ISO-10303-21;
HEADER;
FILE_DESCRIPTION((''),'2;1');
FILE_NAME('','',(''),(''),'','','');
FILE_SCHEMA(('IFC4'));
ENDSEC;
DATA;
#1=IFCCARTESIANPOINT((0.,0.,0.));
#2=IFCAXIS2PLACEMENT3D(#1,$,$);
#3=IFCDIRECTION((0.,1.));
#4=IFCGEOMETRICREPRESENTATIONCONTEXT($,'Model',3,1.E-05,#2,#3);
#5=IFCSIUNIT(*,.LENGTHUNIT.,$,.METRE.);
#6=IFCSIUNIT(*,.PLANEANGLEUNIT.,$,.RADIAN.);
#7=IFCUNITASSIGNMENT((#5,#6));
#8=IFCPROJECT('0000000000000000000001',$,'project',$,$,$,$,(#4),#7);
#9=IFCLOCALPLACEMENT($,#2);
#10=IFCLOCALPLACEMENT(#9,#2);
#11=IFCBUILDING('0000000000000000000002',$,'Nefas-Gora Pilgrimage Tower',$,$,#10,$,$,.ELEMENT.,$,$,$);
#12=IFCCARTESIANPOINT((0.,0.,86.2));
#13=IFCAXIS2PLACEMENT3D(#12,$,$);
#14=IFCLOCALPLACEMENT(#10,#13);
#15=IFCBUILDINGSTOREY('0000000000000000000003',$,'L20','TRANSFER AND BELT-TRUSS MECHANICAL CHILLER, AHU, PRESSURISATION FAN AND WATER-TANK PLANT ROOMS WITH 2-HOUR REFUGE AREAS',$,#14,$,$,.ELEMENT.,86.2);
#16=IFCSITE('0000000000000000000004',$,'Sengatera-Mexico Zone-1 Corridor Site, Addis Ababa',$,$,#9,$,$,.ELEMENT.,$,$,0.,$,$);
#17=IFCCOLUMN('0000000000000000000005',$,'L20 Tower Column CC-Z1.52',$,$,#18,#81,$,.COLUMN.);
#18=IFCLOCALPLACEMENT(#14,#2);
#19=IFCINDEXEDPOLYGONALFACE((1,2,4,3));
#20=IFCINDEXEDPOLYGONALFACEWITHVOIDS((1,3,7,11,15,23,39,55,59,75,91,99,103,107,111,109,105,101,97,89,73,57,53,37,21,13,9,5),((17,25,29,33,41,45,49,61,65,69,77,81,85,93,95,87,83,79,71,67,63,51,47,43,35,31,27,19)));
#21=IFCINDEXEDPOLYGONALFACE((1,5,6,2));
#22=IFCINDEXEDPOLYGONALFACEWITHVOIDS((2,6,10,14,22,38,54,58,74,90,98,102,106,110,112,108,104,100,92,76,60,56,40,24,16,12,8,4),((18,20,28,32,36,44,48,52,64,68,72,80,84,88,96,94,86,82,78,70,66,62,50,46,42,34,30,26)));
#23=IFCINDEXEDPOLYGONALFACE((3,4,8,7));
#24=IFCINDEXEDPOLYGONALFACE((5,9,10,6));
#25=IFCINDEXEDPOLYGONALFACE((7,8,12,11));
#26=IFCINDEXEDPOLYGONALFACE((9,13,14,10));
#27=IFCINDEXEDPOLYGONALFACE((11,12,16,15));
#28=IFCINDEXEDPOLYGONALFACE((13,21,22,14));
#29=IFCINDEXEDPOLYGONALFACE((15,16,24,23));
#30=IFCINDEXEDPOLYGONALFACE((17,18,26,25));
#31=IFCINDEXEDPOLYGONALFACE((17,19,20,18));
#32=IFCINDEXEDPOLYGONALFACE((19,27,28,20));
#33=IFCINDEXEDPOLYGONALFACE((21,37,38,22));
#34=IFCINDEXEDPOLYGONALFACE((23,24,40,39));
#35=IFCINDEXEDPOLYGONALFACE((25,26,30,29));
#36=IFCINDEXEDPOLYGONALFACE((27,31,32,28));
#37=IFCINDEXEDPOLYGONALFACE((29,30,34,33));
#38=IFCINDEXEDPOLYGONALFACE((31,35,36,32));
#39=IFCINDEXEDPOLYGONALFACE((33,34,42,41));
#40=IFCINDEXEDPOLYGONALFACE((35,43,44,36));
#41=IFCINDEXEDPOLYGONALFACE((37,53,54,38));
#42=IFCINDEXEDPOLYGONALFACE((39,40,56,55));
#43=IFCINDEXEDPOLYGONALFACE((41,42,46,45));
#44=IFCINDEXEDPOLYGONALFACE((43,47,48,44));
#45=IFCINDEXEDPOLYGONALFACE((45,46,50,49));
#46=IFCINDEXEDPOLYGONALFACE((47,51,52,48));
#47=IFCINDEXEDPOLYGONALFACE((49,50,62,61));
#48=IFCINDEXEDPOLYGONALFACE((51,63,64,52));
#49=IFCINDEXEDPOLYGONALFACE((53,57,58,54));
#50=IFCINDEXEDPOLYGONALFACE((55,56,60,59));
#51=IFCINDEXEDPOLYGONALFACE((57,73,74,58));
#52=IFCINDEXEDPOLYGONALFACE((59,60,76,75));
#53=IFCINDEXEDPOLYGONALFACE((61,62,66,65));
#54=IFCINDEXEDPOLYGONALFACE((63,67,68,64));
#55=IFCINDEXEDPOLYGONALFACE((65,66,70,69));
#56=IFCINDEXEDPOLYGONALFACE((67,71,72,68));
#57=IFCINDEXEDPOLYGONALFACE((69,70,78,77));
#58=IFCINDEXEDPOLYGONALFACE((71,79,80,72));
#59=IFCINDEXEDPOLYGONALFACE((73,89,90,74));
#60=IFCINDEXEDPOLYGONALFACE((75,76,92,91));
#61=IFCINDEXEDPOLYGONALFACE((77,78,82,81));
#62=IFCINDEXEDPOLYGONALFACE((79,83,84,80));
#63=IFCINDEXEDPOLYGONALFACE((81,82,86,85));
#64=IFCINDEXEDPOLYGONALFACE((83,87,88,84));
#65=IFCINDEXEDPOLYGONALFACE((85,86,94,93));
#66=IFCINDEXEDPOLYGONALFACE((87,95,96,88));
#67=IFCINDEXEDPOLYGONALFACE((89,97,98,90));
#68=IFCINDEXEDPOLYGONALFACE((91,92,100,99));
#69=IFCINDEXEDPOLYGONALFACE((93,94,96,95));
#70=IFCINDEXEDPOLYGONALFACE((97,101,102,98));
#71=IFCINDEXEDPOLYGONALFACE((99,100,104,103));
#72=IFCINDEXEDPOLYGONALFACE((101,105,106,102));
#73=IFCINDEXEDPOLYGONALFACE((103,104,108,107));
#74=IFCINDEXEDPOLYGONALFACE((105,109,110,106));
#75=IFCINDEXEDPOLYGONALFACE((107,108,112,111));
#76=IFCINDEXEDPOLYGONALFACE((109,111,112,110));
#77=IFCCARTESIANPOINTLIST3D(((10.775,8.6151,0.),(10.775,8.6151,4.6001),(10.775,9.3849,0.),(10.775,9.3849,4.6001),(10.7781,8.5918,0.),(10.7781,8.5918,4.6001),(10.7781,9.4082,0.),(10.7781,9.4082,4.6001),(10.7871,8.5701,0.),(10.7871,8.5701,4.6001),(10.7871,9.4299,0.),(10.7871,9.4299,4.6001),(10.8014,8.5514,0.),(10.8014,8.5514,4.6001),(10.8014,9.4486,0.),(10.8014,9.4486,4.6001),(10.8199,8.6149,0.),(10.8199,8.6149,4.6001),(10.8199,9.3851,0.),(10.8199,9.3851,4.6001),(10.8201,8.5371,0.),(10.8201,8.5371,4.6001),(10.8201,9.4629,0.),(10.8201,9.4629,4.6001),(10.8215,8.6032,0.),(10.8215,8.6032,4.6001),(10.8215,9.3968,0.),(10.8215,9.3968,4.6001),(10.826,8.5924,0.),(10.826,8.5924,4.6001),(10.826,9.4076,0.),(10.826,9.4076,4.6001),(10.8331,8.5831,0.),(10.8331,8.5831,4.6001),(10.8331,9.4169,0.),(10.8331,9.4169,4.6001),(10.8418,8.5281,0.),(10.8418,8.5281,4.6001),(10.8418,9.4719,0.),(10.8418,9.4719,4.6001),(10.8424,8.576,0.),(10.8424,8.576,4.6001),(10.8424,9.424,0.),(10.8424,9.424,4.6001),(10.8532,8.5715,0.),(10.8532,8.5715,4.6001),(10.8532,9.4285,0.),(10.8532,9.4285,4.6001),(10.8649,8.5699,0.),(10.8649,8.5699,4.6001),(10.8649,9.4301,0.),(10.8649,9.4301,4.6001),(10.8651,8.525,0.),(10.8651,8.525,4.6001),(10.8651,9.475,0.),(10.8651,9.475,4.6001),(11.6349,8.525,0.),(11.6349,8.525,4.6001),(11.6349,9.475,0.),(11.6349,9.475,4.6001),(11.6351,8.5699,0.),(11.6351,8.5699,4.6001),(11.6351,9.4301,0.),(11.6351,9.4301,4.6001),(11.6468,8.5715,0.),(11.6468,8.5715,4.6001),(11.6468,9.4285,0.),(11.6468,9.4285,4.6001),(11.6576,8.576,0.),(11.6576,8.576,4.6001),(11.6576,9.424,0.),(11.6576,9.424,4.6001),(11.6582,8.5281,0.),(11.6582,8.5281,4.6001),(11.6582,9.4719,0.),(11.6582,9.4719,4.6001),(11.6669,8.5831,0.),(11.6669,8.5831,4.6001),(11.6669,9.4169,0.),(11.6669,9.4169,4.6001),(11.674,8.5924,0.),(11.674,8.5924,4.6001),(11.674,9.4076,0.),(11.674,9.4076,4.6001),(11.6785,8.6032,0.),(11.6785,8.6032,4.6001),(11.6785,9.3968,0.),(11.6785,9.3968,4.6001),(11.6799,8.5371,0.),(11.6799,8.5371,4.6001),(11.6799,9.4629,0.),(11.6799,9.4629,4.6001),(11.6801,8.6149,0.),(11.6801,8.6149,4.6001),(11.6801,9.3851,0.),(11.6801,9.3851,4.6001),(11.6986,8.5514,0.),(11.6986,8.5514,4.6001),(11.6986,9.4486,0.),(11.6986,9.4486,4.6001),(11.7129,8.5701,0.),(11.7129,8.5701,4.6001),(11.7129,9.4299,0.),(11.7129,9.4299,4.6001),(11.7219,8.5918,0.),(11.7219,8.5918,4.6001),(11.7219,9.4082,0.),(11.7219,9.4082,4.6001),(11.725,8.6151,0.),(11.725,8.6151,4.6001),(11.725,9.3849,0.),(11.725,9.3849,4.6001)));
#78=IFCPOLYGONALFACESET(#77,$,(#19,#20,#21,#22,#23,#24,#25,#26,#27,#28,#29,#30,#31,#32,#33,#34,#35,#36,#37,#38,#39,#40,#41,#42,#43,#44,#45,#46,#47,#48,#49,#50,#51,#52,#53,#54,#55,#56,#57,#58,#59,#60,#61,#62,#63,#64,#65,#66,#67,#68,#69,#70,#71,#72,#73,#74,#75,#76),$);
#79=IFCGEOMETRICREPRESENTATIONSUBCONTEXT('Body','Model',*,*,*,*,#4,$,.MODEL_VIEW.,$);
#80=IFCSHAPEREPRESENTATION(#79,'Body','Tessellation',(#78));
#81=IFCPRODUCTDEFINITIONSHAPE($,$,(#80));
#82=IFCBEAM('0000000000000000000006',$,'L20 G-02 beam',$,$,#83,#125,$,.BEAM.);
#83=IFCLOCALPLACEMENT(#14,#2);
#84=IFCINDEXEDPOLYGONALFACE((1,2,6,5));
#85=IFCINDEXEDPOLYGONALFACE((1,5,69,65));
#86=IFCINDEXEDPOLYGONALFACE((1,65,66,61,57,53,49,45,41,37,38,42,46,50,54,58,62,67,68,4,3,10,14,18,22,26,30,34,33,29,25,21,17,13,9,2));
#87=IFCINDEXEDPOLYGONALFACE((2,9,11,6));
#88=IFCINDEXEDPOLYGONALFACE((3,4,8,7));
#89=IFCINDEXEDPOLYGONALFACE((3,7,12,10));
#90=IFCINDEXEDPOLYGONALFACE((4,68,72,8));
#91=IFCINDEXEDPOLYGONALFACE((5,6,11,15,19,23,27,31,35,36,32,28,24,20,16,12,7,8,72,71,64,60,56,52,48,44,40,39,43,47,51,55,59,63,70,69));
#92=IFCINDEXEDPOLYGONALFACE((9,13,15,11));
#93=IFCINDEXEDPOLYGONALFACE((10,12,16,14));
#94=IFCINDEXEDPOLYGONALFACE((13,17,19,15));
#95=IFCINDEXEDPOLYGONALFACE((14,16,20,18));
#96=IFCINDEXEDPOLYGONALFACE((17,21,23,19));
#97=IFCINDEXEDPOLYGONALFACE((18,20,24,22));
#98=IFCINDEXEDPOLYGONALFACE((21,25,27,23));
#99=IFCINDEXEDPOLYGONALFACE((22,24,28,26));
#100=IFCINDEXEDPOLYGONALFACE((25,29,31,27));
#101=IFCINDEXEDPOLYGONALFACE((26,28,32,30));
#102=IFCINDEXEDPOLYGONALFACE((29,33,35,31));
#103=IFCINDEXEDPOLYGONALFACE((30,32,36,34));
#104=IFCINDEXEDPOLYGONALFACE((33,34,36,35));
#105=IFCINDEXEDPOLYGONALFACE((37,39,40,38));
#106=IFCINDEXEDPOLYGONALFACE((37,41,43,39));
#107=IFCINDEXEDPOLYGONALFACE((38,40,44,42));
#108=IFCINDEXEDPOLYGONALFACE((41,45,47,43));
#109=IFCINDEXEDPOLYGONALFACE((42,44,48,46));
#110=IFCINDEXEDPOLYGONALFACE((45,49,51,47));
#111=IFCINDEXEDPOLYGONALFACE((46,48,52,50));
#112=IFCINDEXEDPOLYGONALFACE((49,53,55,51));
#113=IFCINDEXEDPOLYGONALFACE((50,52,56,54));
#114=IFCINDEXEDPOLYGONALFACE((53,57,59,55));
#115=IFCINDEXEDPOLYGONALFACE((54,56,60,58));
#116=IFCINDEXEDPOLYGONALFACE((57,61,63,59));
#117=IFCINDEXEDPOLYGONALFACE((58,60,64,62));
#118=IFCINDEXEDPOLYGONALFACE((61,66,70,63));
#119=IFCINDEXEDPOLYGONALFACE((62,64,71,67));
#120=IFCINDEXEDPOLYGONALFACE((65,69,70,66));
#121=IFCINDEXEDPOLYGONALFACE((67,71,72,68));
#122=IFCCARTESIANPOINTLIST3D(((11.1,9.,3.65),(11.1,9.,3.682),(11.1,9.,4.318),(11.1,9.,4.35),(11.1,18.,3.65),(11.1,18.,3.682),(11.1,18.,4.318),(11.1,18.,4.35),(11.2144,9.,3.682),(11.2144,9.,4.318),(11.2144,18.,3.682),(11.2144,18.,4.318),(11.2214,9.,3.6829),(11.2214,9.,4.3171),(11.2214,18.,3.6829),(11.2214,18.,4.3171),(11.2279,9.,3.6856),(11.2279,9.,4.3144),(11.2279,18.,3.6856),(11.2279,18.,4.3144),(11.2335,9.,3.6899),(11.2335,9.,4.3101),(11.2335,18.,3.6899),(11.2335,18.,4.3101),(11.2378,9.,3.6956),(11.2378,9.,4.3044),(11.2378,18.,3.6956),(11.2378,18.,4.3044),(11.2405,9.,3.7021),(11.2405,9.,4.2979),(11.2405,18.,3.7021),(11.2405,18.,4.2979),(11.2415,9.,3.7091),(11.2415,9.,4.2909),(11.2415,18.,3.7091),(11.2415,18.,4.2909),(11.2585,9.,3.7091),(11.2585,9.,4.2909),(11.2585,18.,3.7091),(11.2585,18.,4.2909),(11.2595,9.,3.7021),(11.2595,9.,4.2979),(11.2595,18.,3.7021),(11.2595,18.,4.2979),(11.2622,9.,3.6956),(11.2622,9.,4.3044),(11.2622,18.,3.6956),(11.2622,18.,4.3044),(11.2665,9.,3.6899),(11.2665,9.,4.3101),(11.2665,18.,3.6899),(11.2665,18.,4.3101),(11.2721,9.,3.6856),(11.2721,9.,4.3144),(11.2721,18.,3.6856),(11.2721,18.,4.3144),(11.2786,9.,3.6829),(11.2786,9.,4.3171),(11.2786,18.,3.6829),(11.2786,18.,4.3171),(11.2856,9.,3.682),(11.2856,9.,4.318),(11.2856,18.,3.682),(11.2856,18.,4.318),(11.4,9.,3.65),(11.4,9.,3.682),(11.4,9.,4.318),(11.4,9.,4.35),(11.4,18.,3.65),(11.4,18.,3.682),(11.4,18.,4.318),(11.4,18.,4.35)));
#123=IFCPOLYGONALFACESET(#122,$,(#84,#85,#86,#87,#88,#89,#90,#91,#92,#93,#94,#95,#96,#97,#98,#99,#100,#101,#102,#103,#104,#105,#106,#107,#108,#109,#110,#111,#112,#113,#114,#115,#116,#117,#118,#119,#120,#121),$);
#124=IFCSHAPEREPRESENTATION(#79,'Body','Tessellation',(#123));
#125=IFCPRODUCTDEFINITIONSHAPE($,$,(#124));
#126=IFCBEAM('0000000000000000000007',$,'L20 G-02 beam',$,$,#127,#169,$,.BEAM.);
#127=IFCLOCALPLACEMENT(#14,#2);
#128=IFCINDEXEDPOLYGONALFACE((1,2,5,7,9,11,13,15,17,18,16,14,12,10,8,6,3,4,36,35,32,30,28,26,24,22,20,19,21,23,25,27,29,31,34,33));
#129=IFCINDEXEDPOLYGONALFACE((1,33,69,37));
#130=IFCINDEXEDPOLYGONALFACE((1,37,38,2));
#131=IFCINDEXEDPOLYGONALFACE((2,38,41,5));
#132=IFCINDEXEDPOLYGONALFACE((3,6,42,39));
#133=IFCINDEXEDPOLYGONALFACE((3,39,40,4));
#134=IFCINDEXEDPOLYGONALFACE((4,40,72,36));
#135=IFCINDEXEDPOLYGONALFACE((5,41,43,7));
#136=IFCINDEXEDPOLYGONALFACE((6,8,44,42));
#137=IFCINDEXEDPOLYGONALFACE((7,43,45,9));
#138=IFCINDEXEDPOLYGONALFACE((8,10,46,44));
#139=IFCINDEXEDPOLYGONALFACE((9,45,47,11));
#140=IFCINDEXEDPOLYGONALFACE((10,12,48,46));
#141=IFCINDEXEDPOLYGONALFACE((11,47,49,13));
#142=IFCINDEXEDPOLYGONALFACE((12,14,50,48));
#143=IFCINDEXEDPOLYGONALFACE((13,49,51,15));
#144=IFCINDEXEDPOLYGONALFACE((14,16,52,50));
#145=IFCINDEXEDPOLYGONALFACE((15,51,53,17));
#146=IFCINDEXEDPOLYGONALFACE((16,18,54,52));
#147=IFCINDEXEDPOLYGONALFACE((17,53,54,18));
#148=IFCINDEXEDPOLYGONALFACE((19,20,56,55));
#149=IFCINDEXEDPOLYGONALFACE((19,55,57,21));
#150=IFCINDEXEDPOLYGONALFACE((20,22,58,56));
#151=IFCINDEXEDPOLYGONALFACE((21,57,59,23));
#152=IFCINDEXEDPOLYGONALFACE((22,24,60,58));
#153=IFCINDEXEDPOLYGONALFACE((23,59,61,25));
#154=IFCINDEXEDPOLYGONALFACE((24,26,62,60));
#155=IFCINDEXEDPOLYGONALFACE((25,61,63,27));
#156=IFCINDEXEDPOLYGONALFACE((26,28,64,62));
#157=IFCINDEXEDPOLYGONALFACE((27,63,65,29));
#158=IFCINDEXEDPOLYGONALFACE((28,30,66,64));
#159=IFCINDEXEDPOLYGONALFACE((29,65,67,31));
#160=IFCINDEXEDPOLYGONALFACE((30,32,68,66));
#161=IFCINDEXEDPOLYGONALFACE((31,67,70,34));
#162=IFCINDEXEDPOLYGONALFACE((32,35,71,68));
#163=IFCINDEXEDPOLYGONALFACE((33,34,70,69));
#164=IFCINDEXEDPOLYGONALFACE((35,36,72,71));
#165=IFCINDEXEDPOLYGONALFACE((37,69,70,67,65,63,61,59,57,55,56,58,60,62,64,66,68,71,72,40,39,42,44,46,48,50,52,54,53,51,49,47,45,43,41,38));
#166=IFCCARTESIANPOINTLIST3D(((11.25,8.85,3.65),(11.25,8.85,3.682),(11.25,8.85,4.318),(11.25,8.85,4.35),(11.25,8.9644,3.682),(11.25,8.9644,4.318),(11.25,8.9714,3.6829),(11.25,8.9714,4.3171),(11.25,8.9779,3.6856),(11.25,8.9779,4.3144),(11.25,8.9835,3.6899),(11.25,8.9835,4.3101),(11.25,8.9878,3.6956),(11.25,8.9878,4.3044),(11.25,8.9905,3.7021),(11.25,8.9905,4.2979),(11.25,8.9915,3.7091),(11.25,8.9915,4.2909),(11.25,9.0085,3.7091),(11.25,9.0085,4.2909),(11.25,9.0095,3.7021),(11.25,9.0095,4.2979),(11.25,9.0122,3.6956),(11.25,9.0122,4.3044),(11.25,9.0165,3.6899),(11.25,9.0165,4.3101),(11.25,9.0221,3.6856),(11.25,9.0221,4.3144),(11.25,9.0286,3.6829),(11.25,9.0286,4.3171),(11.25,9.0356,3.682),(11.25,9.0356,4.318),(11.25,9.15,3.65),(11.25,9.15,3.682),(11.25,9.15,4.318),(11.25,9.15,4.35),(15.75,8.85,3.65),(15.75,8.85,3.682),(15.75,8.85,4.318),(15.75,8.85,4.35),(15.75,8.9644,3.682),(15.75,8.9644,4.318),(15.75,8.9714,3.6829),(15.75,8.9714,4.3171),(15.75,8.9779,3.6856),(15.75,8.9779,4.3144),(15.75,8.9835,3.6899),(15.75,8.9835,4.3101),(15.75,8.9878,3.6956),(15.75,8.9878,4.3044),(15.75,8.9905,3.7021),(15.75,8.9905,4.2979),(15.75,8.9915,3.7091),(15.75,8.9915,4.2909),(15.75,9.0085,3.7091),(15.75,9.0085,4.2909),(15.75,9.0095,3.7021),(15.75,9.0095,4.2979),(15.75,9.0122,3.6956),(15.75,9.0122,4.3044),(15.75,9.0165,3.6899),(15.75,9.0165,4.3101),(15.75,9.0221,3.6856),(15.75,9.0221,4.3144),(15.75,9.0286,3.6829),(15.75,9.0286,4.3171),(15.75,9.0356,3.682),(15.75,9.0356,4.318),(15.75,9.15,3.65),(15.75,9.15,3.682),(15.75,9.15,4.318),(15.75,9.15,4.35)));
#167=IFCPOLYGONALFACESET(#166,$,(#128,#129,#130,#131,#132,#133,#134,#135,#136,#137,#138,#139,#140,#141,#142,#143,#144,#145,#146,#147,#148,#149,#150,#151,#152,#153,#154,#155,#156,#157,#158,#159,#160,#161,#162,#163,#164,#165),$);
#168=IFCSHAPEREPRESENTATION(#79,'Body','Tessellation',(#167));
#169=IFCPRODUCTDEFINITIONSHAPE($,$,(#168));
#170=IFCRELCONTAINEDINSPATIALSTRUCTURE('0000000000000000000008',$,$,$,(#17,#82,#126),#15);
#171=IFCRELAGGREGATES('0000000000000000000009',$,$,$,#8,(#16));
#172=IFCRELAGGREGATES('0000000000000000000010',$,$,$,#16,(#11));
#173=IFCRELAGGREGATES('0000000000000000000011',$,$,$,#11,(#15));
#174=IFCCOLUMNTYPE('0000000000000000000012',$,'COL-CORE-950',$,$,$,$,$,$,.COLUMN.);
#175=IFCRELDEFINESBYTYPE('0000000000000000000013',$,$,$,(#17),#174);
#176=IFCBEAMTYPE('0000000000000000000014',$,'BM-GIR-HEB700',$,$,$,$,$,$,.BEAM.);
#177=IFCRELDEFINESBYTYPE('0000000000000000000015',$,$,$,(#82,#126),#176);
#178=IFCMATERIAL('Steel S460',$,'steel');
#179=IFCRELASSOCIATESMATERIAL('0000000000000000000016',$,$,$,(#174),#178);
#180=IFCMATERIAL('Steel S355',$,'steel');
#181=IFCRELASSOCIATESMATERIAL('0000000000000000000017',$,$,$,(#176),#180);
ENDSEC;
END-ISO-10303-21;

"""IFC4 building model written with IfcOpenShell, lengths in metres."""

from ifc_helpers import new_model, si_unit, direction, frame, origin, origin_2d, place, context, subcontext, project, spatial, hollow_rectangle, i_section, extrude, source, transform, mapped, material, material_profile, profile_set, type_object, element, save


model = new_model("IFC4")

# Units and contexts
model_context = context("Model", 3, precision=1e-05, world=origin(), true_north=direction((0.0, 1.0)))
body_context = subcontext(model_context, "Body", "Model", "MODEL_VIEW")
ifc_project = project(units=[si_unit("LENGTHUNIT", "METRE"), si_unit("PLANEANGLEUNIT", "RADIAN")], contexts=[model_context])

# Site, building, storey
site_placement = place(None, origin())
site = spatial("IfcSite", under=ifc_project, at=site_placement, Name="Sengatera-Mexico Zone-1 Corridor Site, Addis Ababa", CompositionType="ELEMENT", RefElevation=0.0)
building_placement = place(site_placement, origin())
building = spatial("IfcBuilding", under=site, at=building_placement, Name="Nefas-Gora Pilgrimage Tower", CompositionType="ELEMENT")
storey_placement = place(building_placement, frame((0.0, 0.0, 86.2)))
storey = spatial("IfcBuildingStorey", under=building, at=storey_placement, Name="L20", Description="TRANSFER AND BELT-TRUSS MECHANICAL CHILLER, AHU, PRESSURISATION FAN AND WATER-TANK PLANT ROOMS WITH 2-HOUR REFUGE AREAS", CompositionType="ELEMENT", Elevation=86.2)

# Column
ifc_material_1 = material(Name="Steel S460", Category="steel")
ifc_material_profile_1 = material_profile(ifc_material_1, hollow_rectangle(XDim=0.95, YDim=0.95, WallThickness=0.0449, InnerFilletRadius=0.0449, OuterFilletRadius=0.0901, at=origin_2d()), Name="BOX 950x950x45")
ifc_profile_set_1 = profile_set([ifc_material_profile_1], Name="Steel S460")
column_type_1 = type_object("IfcColumnType", Name="COL-CORE-950", PredefinedType="COLUMN", material=ifc_profile_set_1)
shared_shape_1 = source(origin(), body_context, "Body", "SweptSolid", [
    extrude(hollow_rectangle(XDim=0.95, YDim=0.95, WallThickness=0.0449, InnerFilletRadius=0.0449, OuterFilletRadius=0.0901, at=origin_2d()), origin(), (0.0, 0.0, 1.0), 4.6001),
])
column_placement = place(storey_placement, frame((11.25, 9.0, 0.0), z_axis=(0.0, 0.0, 1.0), x_axis=(1.0, 0.0, 0.0)))
element("IfcColumn", 1, at=column_placement, inside=storey, type_object=column_type_1, Name="L20 Tower Column CC-Z1.52", PredefinedType="COLUMN", context=body_context, shape_type="MappedRepresentation", body=[
    mapped(shared_shape_1, transform((0.0, 0.0, 0.0), x_axis=(1.0, 0.0, 0.0), y_axis=(0.0, 1.0, 0.0), z_axis=(0.0, 0.0, 1.0), scale=1.0)),
])

# Beams
ifc_material_2 = material(Name="Steel S355", Category="steel")
ifc_material_profile_2 = material_profile(ifc_material_2, i_section(OverallWidth=0.3, OverallDepth=0.7, WebThickness=0.0171, FlangeThickness=0.032, FilletRadius=0.0271, at=origin_2d()), Name="HEB 700")
ifc_profile_set_2 = profile_set([ifc_material_profile_2], Name="Steel S355")
beam_type = type_object("IfcBeamType", Name="BM-GIR-HEB700", PredefinedType="BEAM", material=ifc_profile_set_2)
shared_shape_2 = source(origin(), body_context, "Body", "SweptSolid", [
    extrude(i_section(OverallWidth=0.3, OverallDepth=0.7, WebThickness=0.0171, FlangeThickness=0.032, FilletRadius=0.0271, at=origin_2d()), origin(), (0.0, 0.0, 1.0), 9.0),
])
beam_placement = place(storey_placement, frame((11.25, 9.0, 4.0), z_axis=(0.0, 1.0, 0.0), x_axis=(-1.0, 0.0, 0.0)))
element("IfcBeam", 2, at=beam_placement, inside=storey, type_object=beam_type, Name="L20 G-02 beam", PredefinedType="BEAM", context=body_context, shape_type="MappedRepresentation", body=[
    mapped(shared_shape_2, transform((0.0, 0.0, 0.0), x_axis=(1.0, 0.0, 0.0), y_axis=(0.0, 1.0, 0.0), z_axis=(0.0, 0.0, 1.0), scale=1.0)),
])
shared_shape_3 = source(origin(), body_context, "Body", "SweptSolid", [
    extrude(i_section(OverallWidth=0.3, OverallDepth=0.7, WebThickness=0.0171, FlangeThickness=0.032, FilletRadius=0.0271, at=origin_2d()), origin(), (0.0, 0.0, 1.0), 4.5),
])
for number, where, z_axis, x_axis, name in (
    (3, (11.25, 9.0, 4.0), (1.0, 0.0, 0.0), (0.0, 1.0, 0.0), "L20 G-02 beam"),
):
    element("IfcBeam", number, at=place(storey_placement, frame(where, z_axis=z_axis, x_axis=x_axis)), inside=storey, type_object=beam_type, Name=name, PredefinedType="BEAM", context=body_context, shape_type="MappedRepresentation", body=[
        mapped(shared_shape_3, transform((0.0, 0.0, 0.0), x_axis=(1.0, 0.0, 0.0), y_axis=(0.0, 1.0, 0.0), z_axis=(0.0, 0.0, 1.0), scale=1.0)),
    ])

save(model, "model.ifc")
